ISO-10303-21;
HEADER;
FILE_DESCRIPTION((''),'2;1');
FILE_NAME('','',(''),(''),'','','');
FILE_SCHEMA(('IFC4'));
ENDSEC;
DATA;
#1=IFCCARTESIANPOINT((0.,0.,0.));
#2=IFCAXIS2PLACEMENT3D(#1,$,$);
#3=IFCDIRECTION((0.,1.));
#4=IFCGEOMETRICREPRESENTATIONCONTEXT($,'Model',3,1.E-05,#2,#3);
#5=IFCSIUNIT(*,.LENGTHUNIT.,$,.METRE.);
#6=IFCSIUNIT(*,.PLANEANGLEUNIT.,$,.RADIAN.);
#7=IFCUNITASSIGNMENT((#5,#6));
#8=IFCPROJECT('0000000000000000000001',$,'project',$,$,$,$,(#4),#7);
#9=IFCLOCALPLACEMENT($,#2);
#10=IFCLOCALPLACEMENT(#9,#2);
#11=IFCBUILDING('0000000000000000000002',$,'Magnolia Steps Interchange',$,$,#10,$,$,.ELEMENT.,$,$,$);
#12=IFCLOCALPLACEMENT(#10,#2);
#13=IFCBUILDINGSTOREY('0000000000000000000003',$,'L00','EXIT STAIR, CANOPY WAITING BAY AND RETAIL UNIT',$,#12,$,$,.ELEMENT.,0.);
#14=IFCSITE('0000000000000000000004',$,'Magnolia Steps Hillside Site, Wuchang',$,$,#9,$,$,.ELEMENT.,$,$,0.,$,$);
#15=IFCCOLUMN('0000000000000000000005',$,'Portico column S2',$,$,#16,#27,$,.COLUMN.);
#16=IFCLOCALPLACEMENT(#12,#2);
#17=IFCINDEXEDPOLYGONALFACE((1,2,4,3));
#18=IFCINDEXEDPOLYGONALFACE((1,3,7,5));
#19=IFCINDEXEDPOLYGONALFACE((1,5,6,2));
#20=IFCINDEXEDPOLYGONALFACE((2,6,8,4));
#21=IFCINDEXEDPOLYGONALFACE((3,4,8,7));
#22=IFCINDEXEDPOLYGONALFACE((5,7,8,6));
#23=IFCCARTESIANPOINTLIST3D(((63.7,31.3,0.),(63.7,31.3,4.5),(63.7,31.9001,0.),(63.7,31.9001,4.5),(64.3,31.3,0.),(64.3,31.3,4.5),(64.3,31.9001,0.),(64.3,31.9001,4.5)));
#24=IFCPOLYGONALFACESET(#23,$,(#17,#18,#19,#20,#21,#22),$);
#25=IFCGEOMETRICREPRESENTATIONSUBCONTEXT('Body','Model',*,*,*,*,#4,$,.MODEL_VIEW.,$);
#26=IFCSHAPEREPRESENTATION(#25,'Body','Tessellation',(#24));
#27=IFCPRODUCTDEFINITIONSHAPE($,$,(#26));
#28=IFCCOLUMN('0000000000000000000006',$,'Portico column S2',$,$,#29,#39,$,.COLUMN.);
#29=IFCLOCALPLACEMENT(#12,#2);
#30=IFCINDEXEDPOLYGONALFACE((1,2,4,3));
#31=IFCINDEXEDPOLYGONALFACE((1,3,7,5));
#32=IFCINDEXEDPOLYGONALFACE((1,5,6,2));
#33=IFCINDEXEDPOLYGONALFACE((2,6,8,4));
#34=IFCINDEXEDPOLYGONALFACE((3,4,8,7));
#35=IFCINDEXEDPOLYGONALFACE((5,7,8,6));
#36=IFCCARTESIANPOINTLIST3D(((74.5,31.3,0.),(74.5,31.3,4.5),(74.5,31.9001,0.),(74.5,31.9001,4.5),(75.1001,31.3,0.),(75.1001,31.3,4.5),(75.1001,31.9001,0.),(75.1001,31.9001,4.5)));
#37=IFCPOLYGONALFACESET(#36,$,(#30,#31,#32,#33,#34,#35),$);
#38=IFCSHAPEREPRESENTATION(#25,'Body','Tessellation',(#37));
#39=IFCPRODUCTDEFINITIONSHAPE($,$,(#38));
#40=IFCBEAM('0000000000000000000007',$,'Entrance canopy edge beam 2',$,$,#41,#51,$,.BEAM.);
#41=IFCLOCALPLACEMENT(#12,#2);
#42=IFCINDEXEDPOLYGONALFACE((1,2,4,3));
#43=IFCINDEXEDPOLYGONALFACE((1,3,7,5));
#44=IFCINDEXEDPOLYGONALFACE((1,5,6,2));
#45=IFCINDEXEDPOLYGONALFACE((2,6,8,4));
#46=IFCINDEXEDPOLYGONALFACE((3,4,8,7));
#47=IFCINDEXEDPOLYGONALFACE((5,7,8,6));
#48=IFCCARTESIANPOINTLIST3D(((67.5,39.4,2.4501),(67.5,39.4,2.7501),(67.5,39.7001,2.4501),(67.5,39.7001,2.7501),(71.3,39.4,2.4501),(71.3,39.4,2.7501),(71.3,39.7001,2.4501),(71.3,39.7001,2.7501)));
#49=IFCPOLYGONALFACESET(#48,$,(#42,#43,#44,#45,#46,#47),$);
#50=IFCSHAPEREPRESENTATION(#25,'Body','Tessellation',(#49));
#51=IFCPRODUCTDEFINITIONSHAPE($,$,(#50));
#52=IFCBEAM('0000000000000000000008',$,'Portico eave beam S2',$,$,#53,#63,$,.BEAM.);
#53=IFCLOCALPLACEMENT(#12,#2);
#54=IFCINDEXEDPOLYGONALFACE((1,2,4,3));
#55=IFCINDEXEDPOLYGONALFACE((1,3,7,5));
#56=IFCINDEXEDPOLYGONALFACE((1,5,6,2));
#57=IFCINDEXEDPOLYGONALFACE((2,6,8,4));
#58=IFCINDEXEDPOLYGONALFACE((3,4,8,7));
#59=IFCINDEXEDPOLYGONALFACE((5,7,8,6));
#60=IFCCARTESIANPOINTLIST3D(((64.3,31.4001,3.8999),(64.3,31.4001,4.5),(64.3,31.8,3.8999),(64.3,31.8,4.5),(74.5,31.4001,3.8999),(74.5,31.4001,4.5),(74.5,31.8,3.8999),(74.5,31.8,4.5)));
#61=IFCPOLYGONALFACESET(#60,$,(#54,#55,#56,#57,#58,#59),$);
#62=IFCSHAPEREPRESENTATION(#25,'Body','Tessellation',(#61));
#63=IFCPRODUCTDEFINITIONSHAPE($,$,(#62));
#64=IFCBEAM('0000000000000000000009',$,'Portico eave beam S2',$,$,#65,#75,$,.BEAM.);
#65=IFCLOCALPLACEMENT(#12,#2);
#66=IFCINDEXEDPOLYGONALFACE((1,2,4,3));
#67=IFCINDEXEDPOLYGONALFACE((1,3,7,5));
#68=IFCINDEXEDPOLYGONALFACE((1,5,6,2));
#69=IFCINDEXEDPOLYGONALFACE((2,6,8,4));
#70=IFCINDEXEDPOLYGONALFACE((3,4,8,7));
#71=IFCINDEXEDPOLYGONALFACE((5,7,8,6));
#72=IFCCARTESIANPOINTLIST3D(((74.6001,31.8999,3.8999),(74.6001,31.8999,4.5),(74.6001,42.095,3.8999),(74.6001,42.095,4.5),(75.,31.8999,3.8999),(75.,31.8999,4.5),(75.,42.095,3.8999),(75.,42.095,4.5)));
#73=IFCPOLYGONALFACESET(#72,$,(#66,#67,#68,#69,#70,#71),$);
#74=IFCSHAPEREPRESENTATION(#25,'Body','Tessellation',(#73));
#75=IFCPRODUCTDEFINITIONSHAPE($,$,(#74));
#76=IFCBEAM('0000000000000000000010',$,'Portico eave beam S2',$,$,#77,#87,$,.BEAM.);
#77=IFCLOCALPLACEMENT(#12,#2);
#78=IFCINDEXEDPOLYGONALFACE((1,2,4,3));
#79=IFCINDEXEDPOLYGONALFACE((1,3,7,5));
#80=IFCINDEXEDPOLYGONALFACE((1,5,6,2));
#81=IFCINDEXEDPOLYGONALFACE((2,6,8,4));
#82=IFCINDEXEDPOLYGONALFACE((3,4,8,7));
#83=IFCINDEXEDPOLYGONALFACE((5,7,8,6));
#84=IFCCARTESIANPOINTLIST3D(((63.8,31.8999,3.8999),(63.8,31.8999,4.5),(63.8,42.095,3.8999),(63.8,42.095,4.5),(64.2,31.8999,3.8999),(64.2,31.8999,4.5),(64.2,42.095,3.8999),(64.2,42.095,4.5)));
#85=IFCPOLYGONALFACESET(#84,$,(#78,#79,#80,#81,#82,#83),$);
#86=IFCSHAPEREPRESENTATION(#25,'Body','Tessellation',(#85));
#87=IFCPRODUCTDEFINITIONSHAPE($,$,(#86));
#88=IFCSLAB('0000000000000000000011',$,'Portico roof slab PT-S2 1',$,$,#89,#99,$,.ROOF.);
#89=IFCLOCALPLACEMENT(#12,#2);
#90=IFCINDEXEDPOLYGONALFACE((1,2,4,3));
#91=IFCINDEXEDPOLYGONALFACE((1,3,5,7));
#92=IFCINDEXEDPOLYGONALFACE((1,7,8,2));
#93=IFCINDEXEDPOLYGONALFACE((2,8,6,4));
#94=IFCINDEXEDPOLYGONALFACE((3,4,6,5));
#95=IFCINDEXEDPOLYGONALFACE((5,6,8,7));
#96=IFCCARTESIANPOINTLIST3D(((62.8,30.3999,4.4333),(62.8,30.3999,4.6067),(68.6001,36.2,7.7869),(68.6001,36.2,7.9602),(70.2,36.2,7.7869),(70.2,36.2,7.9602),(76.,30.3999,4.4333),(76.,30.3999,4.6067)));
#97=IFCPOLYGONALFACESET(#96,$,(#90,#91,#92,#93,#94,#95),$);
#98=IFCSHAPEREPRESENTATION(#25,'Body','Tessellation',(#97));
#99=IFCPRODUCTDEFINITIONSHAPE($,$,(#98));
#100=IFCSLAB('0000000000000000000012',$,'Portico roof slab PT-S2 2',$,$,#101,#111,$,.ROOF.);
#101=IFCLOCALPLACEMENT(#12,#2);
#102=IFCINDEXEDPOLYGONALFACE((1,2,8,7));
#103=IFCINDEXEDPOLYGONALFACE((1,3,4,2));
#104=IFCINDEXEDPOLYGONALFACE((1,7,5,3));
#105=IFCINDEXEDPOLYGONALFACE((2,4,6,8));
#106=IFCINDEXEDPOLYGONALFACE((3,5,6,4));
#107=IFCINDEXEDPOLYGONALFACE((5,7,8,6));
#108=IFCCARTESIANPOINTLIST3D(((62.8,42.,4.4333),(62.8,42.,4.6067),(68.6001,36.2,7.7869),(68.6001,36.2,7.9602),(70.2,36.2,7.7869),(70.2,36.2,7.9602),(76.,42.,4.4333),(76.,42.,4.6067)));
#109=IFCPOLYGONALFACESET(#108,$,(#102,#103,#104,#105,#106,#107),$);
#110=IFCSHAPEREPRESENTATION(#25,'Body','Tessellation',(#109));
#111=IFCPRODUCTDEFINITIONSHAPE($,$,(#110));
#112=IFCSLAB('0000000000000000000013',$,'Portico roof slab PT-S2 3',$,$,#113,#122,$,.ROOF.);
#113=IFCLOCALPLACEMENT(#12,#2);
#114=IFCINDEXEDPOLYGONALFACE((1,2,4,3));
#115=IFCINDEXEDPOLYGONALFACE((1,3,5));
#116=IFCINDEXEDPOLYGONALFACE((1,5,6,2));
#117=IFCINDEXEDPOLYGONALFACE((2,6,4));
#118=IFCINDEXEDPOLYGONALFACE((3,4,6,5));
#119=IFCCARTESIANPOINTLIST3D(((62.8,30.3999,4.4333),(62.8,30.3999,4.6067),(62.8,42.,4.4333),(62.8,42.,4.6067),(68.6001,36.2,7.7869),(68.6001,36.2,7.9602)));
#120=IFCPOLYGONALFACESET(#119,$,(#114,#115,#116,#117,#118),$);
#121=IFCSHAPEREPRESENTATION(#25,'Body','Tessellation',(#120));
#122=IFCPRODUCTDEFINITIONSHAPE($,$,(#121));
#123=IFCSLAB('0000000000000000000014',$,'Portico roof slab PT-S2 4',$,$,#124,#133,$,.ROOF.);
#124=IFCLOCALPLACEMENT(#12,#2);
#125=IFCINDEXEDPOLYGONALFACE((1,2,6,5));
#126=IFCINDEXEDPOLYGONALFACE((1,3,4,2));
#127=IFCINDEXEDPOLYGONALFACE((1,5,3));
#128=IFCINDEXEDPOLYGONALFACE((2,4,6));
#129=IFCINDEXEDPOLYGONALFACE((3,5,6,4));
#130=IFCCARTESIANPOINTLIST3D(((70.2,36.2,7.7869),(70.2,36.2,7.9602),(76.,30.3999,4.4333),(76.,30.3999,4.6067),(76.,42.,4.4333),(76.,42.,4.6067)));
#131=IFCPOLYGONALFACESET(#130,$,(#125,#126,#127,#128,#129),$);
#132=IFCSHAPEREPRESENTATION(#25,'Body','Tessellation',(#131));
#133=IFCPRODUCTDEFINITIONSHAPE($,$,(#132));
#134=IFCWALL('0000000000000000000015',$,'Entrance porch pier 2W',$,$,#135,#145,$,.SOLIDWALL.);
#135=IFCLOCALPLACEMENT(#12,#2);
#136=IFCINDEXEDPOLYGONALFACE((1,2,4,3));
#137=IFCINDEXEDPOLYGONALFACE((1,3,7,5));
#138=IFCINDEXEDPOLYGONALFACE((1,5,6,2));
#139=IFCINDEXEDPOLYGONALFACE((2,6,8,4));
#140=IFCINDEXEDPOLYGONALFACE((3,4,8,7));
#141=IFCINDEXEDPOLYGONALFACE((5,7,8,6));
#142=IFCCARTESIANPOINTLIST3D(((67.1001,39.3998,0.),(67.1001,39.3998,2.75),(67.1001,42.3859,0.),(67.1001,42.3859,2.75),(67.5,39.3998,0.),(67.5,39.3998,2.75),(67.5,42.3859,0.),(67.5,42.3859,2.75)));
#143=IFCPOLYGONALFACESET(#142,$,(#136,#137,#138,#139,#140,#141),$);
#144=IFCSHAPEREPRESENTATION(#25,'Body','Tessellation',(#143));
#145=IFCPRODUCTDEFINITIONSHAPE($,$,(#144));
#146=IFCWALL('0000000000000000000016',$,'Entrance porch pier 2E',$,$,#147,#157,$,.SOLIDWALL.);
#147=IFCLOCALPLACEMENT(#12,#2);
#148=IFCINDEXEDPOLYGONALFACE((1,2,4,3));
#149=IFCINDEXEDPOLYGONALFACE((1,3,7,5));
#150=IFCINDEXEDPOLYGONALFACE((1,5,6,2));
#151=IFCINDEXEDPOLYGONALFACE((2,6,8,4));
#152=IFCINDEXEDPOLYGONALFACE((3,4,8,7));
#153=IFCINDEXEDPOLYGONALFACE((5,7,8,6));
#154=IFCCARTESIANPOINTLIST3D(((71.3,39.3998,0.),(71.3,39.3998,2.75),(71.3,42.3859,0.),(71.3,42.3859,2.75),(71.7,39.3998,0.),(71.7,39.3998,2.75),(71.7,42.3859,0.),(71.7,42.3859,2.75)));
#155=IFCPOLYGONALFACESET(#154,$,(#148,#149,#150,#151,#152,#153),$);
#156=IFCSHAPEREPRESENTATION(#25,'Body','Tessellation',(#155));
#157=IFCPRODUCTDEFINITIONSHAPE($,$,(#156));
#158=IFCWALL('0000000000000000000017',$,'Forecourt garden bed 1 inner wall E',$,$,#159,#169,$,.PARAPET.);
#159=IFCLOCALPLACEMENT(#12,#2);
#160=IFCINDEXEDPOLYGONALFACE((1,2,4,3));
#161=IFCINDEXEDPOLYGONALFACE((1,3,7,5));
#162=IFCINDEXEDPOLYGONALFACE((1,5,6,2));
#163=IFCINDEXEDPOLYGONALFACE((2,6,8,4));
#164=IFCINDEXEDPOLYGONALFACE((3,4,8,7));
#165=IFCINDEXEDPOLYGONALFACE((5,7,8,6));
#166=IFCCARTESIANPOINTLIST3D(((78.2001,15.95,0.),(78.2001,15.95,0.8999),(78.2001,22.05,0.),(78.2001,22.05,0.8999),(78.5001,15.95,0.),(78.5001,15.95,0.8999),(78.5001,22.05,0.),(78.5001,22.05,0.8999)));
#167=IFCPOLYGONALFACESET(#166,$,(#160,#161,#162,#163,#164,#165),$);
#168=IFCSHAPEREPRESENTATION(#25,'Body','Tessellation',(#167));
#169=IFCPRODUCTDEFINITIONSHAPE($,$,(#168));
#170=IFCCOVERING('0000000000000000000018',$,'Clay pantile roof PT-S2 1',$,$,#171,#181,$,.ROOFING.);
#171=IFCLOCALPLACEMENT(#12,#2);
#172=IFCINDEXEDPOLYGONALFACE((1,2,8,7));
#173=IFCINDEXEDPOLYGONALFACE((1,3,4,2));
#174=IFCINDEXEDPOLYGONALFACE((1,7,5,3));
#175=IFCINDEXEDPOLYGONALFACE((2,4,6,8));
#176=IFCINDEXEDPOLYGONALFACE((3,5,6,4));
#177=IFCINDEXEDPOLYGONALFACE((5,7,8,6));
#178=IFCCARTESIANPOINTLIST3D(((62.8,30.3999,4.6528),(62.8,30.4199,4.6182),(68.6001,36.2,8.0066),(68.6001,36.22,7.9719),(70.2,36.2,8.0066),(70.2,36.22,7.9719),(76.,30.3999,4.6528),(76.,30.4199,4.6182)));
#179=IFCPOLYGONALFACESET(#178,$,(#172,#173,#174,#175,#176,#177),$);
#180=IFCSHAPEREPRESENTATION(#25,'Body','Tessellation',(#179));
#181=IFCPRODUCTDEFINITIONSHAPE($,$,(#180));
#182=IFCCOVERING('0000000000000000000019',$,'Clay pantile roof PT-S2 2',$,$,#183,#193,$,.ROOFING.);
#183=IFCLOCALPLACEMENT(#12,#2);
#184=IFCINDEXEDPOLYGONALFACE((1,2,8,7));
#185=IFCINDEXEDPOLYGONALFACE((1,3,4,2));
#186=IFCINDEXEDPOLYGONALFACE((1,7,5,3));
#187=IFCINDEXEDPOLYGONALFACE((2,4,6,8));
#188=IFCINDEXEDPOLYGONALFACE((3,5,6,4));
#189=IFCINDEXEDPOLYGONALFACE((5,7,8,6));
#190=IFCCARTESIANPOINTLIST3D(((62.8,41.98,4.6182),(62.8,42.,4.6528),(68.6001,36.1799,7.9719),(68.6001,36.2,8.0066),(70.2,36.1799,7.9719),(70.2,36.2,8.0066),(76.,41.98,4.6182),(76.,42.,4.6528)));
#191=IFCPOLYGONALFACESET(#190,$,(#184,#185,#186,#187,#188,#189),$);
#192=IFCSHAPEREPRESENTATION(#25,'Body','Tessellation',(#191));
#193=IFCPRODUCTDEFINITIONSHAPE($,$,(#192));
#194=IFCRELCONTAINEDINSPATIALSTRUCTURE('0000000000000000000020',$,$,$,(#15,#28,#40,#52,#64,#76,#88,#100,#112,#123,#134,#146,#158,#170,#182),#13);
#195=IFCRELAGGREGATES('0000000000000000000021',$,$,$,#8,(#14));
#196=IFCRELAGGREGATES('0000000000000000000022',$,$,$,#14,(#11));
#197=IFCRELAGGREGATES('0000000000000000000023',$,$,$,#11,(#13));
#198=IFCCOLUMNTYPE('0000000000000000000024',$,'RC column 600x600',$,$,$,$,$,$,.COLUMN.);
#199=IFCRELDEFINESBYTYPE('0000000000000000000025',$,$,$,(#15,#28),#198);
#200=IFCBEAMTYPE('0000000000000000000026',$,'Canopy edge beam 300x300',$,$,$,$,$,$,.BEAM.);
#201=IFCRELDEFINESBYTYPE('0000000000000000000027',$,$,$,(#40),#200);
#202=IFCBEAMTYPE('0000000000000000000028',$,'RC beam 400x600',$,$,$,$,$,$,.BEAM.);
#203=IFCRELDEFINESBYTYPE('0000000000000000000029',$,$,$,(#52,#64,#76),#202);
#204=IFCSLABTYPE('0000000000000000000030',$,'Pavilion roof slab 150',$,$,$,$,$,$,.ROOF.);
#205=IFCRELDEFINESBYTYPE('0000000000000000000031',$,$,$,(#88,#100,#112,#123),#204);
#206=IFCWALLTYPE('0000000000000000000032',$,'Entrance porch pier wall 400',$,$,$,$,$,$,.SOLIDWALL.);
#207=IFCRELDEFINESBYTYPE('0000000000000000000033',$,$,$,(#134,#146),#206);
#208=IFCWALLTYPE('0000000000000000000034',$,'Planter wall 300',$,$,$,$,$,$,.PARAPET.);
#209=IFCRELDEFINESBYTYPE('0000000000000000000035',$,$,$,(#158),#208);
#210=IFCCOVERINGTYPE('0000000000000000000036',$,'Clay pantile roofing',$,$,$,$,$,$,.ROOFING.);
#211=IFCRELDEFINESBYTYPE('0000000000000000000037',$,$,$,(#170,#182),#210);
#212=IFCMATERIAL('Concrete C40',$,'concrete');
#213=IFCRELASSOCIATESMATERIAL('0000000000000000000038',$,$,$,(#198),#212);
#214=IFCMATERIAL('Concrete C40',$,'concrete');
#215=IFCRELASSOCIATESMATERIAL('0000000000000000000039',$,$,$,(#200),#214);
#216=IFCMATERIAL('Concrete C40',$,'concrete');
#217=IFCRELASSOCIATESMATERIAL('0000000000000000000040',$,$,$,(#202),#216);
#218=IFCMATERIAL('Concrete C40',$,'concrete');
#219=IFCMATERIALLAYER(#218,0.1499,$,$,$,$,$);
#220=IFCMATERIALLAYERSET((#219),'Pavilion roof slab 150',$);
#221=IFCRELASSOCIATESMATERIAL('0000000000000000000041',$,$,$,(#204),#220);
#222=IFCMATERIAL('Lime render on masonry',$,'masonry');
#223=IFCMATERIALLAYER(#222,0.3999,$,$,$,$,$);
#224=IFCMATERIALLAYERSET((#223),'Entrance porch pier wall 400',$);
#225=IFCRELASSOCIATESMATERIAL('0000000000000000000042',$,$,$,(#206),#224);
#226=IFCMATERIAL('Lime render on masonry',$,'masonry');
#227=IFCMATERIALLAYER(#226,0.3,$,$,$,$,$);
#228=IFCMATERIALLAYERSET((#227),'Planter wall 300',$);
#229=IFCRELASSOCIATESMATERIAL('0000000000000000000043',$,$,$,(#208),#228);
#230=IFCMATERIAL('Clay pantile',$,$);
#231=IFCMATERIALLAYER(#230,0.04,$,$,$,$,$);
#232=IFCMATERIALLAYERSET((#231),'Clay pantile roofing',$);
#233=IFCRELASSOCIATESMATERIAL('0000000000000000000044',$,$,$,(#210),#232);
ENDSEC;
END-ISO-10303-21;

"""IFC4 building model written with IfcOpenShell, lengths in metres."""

from ifc_helpers import new_model, si_unit, direction, frame, frame_2d, origin, origin_2d, place, context, subcontext, project, spatial, polyline, rectangle, outline, extrude, material, layer, layer_set, material_profile, profile_set, type_object, element, save


model = new_model("IFC4")

# Units and contexts
model_context = context("Model", 3, precision=1e-05, world=origin(), true_north=direction((0.0, 1.0)))
body_context = subcontext(model_context, "Body", "Model", "MODEL_VIEW")
ifc_project = project(units=[si_unit("LENGTHUNIT", "METRE"), si_unit("PLANEANGLEUNIT", "RADIAN")], contexts=[model_context])

# Site, building, storey
site_placement = place(None, origin())
site = spatial("IfcSite", under=ifc_project, at=site_placement, Name="Magnolia Steps Hillside Site, Wuchang", CompositionType="ELEMENT", RefElevation=0.0)
building_placement = place(site_placement, origin())
building = spatial("IfcBuilding", under=site, at=building_placement, Name="Magnolia Steps Interchange", CompositionType="ELEMENT")
storey_placement = place(building_placement, origin())
storey = spatial("IfcBuildingStorey", under=building, at=storey_placement, Name="L00", Description="EXIT STAIR, CANOPY WAITING BAY AND RETAIL UNIT", CompositionType="ELEMENT", Elevation=0.0)

# Columns
ifc_material_1 = material(Name="Concrete C40", Category="concrete")
ifc_material_profile_1 = material_profile(ifc_material_1, rectangle(XDim=0.6001, YDim=0.6001, at=origin_2d()), Name="RC600x600")
ifc_profile_set_1 = profile_set([ifc_material_profile_1], Name="Concrete C40")
column_type = type_object("IfcColumnType", Name="RC column 600x600", PredefinedType="COLUMN", material=ifc_profile_set_1)
for number, where, z_axis, x_axis, name in (
    (1, (64.0, 31.6001, 0.0), (0.0, 0.0, 1.0), (1.0, 0.0, 0.0), "Portico column S2"),
    (2, (74.8, 31.6001, 0.0), (0.0, 0.0, 1.0), (1.0, 0.0, 0.0), "Portico column S2"),
):
    element("IfcColumn", number, at=place(storey_placement, frame(where, z_axis=z_axis, x_axis=x_axis)), inside=storey, type_object=column_type, Name=name, PredefinedType="COLUMN", context=body_context, shape_type="SweptSolid", body=[
        extrude(rectangle(XDim=0.6001, YDim=0.6001, at=origin_2d()), origin(), (0.0, 0.0, 1.0), 4.5),
    ])

# Beams
ifc_material_2 = material(Name="Concrete C40", Category="concrete")
ifc_material_profile_2 = material_profile(ifc_material_2, rectangle(XDim=0.3, YDim=0.3, at=origin_2d()), Name="RC300x300")
ifc_profile_set_2 = profile_set([ifc_material_profile_2], Name="Concrete C40")
beam_type_1 = type_object("IfcBeamType", Name="Canopy edge beam 300x300", PredefinedType="BEAM", material=ifc_profile_set_2)
beam_1_placement = place(storey_placement, frame((67.5, 39.55, 2.6001), z_axis=(1.0, 0.0, 0.0), x_axis=(0.0, 1.0, 0.0)))
element("IfcBeam", 3, at=beam_1_placement, inside=storey, type_object=beam_type_1, Name="Entrance canopy edge beam 2", PredefinedType="BEAM", context=body_context, shape_type="SweptSolid", body=[
    extrude(rectangle(XDim=0.3, YDim=0.3, at=origin_2d()), origin(), (0.0, 0.0, 1.0), 3.8),
])
ifc_material_3 = material(Name="Concrete C40", Category="concrete")
ifc_material_profile_3 = material_profile(ifc_material_3, rectangle(XDim=0.3999, YDim=0.6001, at=origin_2d()), Name="RC400x600")
ifc_profile_set_3 = profile_set([ifc_material_profile_3], Name="Concrete C40")
beam_type_2 = type_object("IfcBeamType", Name="RC beam 400x600", PredefinedType="BEAM", material=ifc_profile_set_3)
beam_2_placement = place(storey_placement, frame((64.3, 31.6001, 4.2), z_axis=(1.0, 0.0, 0.0), x_axis=(0.0, 1.0, 0.0)))
element("IfcBeam", 4, at=beam_2_placement, inside=storey, type_object=beam_type_2, Name="Portico eave beam S2", PredefinedType="BEAM", context=body_context, shape_type="SweptSolid", body=[
    extrude(rectangle(XDim=0.3999, YDim=0.6001, at=origin_2d()), origin(), (0.0, 0.0, 1.0), 10.2),
])
for number, where, z_axis, x_axis, name in (
    (5, (74.8, 31.8999, 4.2), (0.0, 1.0, 0.0), (-1.0, 0.0, 0.0), "Portico eave beam S2"),
    (6, (64.0, 42.095, 4.2), (0.0, -1.0, 0.0), (1.0, 0.0, 0.0), "Portico eave beam S2"),
):
    element("IfcBeam", number, at=place(storey_placement, frame(where, z_axis=z_axis, x_axis=x_axis)), inside=storey, type_object=beam_type_2, Name=name, PredefinedType="BEAM", context=body_context, shape_type="SweptSolid", body=[
        extrude(rectangle(XDim=0.3999, YDim=0.6001, at=origin_2d()), origin(), (0.0, 0.0, 1.0), 10.1951),
    ])

# Slabs
ifc_material_4 = material(Name="Concrete C40", Category="concrete")
ifc_layer_1 = layer(ifc_material_4, 0.1499)
ifc_layer_set_1 = layer_set([ifc_layer_1], Name="Pavilion roof slab 150")
slab_type = type_object("IfcSlabType", Name="Pavilion roof slab 150", PredefinedType="ROOF", material=ifc_layer_set_1)
for number, where, z_axis, x_axis, name in (
    (7, (62.8, 30.3999, 4.6067), (0.0, -0.500543, 0.865711), (1.0, 0.0, 0.0), "Portico roof slab PT-S2 1"),
    (8, (76.0, 42.0, 4.6067), (0.0, 0.500543, 0.865711), (-1.0, 0.0, 0.0), "Portico roof slab PT-S2 2"),
):
    element("IfcSlab", number, at=place(storey_placement, frame(where, z_axis=z_axis, x_axis=x_axis)), inside=storey, type_object=slab_type, Name=name, PredefinedType="ROOF", context=body_context, shape_type="SweptSolid", body=[
        extrude(outline(polyline([(0.0, 0.0), (13.2, 0.0), (7.3999, 6.6997), (5.8, 6.6997), (0.0, 0.0)])), origin(), (0.0, -0.500543, -0.865711), 0.1733),
    ])
for number, where, z_axis, x_axis, name in (
    (9, (62.8, 42.0, 4.6067), (-0.500543, 0.0, 0.865711), (0.0, -1.0, 0.0), "Portico roof slab PT-S2 3"),
    (10, (76.0, 30.3999, 4.6067), (0.500543, 0.0, 0.865711), (0.0, 1.0, 0.0), "Portico roof slab PT-S2 4"),
):
    element("IfcSlab", number, at=place(storey_placement, frame(where, z_axis=z_axis, x_axis=x_axis)), inside=storey, type_object=slab_type, Name=name, PredefinedType="ROOF", context=body_context, shape_type="SweptSolid", body=[
        extrude(outline(polyline([(0.0, 0.0), (11.6001, 0.0), (5.8, 6.6997), (0.0, 0.0)])), origin(), (0.0, -0.500543, -0.865711), 0.1733),
    ])

# Walls
ifc_material_5 = material(Name="Lime render on masonry", Category="masonry")
ifc_layer_2 = layer(ifc_material_5, 0.3999)
ifc_layer_set_2 = layer_set([ifc_layer_2], Name="Entrance porch pier wall 400")
wall_type_1 = type_object("IfcWallType", Name="Entrance porch pier wall 400", PredefinedType="SOLIDWALL", material=ifc_layer_set_2)
for number, where, z_axis, x_axis, name in (
    (11, (67.3, 42.386, 0.0), (0.0, 0.0, 1.0), (0.0, -1.0, 0.0), "Entrance porch pier 2W"),
    (12, (71.5, 42.386, 0.0), (0.0, 0.0, 1.0), (0.0, -1.0, 0.0), "Entrance porch pier 2E"),
):
    element("IfcWall", number, at=place(storey_placement, frame(where, z_axis=z_axis, x_axis=x_axis)), inside=storey, type_object=wall_type_1, Name=name, PredefinedType="SOLIDWALL", context=body_context, shape_type="SweptSolid", body=[
        extrude(rectangle(XDim=2.9861, YDim=0.3999, at=frame_2d((1.4932, 0.0))), origin(), (0.0, 0.0, 1.0), 2.75),
    ])
ifc_material_6 = material(Name="Lime render on masonry", Category="masonry")
ifc_layer_3 = layer(ifc_material_6, 0.3)
ifc_layer_set_3 = layer_set([ifc_layer_3], Name="Planter wall 300")
wall_type_2 = type_object("IfcWallType", Name="Planter wall 300", PredefinedType="PARAPET", material=ifc_layer_set_3)
wall_placement = place(storey_placement, frame((78.3501, 15.95, 0.0), z_axis=(0.0, 0.0, 1.0), x_axis=(0.0, 1.0, 0.0)))
element("IfcWall", 13, at=wall_placement, inside=storey, type_object=wall_type_2, Name="Forecourt garden bed 1 inner wall E", PredefinedType="PARAPET", context=body_context, shape_type="SweptSolid", body=[
    extrude(rectangle(XDim=6.1001, YDim=0.3, at=frame_2d((3.05, 0.0))), origin(), (0.0, 0.0, 1.0), 0.8999),
])

# Coverings
ifc_material_7 = material(Name="Clay pantile")
ifc_layer_4 = layer(ifc_material_7, 0.04)
ifc_layer_set_4 = layer_set([ifc_layer_4], Name="Clay pantile roofing")
covering_type_1 = type_object("IfcCoveringType", Name="Clay pantile roofing", PredefinedType="ROOFING", material=ifc_layer_set_4)
for number, where, z_axis, x_axis, name in (
    (14, (62.8, 30.3999, 4.6528), (0.0, -0.500571, 0.865696), (1.0, 0.0, 0.0), "Clay pantile roof PT-S2 1"),
    (15, (76.0, 42.0, 4.6528), (0.0, 0.500571, 0.865696), (-1.0, 0.0, 0.0), "Clay pantile roof PT-S2 2"),
):
    element("IfcCovering", number, at=place(storey_placement, frame(where, z_axis=z_axis, x_axis=x_axis)), inside=storey, type_object=covering_type_1, Name=name, PredefinedType="ROOFING", context=body_context, shape_type="SweptSolid", body=[
        extrude(outline(polyline([(0.0, 0.0), (13.2, 0.0), (7.3999, 6.6999), (5.8, 6.6999), (0.0, 0.0)])), origin(), (0.0, 0.0, -1.0), 0.04),
    ])

save(model, "model.ifc")
